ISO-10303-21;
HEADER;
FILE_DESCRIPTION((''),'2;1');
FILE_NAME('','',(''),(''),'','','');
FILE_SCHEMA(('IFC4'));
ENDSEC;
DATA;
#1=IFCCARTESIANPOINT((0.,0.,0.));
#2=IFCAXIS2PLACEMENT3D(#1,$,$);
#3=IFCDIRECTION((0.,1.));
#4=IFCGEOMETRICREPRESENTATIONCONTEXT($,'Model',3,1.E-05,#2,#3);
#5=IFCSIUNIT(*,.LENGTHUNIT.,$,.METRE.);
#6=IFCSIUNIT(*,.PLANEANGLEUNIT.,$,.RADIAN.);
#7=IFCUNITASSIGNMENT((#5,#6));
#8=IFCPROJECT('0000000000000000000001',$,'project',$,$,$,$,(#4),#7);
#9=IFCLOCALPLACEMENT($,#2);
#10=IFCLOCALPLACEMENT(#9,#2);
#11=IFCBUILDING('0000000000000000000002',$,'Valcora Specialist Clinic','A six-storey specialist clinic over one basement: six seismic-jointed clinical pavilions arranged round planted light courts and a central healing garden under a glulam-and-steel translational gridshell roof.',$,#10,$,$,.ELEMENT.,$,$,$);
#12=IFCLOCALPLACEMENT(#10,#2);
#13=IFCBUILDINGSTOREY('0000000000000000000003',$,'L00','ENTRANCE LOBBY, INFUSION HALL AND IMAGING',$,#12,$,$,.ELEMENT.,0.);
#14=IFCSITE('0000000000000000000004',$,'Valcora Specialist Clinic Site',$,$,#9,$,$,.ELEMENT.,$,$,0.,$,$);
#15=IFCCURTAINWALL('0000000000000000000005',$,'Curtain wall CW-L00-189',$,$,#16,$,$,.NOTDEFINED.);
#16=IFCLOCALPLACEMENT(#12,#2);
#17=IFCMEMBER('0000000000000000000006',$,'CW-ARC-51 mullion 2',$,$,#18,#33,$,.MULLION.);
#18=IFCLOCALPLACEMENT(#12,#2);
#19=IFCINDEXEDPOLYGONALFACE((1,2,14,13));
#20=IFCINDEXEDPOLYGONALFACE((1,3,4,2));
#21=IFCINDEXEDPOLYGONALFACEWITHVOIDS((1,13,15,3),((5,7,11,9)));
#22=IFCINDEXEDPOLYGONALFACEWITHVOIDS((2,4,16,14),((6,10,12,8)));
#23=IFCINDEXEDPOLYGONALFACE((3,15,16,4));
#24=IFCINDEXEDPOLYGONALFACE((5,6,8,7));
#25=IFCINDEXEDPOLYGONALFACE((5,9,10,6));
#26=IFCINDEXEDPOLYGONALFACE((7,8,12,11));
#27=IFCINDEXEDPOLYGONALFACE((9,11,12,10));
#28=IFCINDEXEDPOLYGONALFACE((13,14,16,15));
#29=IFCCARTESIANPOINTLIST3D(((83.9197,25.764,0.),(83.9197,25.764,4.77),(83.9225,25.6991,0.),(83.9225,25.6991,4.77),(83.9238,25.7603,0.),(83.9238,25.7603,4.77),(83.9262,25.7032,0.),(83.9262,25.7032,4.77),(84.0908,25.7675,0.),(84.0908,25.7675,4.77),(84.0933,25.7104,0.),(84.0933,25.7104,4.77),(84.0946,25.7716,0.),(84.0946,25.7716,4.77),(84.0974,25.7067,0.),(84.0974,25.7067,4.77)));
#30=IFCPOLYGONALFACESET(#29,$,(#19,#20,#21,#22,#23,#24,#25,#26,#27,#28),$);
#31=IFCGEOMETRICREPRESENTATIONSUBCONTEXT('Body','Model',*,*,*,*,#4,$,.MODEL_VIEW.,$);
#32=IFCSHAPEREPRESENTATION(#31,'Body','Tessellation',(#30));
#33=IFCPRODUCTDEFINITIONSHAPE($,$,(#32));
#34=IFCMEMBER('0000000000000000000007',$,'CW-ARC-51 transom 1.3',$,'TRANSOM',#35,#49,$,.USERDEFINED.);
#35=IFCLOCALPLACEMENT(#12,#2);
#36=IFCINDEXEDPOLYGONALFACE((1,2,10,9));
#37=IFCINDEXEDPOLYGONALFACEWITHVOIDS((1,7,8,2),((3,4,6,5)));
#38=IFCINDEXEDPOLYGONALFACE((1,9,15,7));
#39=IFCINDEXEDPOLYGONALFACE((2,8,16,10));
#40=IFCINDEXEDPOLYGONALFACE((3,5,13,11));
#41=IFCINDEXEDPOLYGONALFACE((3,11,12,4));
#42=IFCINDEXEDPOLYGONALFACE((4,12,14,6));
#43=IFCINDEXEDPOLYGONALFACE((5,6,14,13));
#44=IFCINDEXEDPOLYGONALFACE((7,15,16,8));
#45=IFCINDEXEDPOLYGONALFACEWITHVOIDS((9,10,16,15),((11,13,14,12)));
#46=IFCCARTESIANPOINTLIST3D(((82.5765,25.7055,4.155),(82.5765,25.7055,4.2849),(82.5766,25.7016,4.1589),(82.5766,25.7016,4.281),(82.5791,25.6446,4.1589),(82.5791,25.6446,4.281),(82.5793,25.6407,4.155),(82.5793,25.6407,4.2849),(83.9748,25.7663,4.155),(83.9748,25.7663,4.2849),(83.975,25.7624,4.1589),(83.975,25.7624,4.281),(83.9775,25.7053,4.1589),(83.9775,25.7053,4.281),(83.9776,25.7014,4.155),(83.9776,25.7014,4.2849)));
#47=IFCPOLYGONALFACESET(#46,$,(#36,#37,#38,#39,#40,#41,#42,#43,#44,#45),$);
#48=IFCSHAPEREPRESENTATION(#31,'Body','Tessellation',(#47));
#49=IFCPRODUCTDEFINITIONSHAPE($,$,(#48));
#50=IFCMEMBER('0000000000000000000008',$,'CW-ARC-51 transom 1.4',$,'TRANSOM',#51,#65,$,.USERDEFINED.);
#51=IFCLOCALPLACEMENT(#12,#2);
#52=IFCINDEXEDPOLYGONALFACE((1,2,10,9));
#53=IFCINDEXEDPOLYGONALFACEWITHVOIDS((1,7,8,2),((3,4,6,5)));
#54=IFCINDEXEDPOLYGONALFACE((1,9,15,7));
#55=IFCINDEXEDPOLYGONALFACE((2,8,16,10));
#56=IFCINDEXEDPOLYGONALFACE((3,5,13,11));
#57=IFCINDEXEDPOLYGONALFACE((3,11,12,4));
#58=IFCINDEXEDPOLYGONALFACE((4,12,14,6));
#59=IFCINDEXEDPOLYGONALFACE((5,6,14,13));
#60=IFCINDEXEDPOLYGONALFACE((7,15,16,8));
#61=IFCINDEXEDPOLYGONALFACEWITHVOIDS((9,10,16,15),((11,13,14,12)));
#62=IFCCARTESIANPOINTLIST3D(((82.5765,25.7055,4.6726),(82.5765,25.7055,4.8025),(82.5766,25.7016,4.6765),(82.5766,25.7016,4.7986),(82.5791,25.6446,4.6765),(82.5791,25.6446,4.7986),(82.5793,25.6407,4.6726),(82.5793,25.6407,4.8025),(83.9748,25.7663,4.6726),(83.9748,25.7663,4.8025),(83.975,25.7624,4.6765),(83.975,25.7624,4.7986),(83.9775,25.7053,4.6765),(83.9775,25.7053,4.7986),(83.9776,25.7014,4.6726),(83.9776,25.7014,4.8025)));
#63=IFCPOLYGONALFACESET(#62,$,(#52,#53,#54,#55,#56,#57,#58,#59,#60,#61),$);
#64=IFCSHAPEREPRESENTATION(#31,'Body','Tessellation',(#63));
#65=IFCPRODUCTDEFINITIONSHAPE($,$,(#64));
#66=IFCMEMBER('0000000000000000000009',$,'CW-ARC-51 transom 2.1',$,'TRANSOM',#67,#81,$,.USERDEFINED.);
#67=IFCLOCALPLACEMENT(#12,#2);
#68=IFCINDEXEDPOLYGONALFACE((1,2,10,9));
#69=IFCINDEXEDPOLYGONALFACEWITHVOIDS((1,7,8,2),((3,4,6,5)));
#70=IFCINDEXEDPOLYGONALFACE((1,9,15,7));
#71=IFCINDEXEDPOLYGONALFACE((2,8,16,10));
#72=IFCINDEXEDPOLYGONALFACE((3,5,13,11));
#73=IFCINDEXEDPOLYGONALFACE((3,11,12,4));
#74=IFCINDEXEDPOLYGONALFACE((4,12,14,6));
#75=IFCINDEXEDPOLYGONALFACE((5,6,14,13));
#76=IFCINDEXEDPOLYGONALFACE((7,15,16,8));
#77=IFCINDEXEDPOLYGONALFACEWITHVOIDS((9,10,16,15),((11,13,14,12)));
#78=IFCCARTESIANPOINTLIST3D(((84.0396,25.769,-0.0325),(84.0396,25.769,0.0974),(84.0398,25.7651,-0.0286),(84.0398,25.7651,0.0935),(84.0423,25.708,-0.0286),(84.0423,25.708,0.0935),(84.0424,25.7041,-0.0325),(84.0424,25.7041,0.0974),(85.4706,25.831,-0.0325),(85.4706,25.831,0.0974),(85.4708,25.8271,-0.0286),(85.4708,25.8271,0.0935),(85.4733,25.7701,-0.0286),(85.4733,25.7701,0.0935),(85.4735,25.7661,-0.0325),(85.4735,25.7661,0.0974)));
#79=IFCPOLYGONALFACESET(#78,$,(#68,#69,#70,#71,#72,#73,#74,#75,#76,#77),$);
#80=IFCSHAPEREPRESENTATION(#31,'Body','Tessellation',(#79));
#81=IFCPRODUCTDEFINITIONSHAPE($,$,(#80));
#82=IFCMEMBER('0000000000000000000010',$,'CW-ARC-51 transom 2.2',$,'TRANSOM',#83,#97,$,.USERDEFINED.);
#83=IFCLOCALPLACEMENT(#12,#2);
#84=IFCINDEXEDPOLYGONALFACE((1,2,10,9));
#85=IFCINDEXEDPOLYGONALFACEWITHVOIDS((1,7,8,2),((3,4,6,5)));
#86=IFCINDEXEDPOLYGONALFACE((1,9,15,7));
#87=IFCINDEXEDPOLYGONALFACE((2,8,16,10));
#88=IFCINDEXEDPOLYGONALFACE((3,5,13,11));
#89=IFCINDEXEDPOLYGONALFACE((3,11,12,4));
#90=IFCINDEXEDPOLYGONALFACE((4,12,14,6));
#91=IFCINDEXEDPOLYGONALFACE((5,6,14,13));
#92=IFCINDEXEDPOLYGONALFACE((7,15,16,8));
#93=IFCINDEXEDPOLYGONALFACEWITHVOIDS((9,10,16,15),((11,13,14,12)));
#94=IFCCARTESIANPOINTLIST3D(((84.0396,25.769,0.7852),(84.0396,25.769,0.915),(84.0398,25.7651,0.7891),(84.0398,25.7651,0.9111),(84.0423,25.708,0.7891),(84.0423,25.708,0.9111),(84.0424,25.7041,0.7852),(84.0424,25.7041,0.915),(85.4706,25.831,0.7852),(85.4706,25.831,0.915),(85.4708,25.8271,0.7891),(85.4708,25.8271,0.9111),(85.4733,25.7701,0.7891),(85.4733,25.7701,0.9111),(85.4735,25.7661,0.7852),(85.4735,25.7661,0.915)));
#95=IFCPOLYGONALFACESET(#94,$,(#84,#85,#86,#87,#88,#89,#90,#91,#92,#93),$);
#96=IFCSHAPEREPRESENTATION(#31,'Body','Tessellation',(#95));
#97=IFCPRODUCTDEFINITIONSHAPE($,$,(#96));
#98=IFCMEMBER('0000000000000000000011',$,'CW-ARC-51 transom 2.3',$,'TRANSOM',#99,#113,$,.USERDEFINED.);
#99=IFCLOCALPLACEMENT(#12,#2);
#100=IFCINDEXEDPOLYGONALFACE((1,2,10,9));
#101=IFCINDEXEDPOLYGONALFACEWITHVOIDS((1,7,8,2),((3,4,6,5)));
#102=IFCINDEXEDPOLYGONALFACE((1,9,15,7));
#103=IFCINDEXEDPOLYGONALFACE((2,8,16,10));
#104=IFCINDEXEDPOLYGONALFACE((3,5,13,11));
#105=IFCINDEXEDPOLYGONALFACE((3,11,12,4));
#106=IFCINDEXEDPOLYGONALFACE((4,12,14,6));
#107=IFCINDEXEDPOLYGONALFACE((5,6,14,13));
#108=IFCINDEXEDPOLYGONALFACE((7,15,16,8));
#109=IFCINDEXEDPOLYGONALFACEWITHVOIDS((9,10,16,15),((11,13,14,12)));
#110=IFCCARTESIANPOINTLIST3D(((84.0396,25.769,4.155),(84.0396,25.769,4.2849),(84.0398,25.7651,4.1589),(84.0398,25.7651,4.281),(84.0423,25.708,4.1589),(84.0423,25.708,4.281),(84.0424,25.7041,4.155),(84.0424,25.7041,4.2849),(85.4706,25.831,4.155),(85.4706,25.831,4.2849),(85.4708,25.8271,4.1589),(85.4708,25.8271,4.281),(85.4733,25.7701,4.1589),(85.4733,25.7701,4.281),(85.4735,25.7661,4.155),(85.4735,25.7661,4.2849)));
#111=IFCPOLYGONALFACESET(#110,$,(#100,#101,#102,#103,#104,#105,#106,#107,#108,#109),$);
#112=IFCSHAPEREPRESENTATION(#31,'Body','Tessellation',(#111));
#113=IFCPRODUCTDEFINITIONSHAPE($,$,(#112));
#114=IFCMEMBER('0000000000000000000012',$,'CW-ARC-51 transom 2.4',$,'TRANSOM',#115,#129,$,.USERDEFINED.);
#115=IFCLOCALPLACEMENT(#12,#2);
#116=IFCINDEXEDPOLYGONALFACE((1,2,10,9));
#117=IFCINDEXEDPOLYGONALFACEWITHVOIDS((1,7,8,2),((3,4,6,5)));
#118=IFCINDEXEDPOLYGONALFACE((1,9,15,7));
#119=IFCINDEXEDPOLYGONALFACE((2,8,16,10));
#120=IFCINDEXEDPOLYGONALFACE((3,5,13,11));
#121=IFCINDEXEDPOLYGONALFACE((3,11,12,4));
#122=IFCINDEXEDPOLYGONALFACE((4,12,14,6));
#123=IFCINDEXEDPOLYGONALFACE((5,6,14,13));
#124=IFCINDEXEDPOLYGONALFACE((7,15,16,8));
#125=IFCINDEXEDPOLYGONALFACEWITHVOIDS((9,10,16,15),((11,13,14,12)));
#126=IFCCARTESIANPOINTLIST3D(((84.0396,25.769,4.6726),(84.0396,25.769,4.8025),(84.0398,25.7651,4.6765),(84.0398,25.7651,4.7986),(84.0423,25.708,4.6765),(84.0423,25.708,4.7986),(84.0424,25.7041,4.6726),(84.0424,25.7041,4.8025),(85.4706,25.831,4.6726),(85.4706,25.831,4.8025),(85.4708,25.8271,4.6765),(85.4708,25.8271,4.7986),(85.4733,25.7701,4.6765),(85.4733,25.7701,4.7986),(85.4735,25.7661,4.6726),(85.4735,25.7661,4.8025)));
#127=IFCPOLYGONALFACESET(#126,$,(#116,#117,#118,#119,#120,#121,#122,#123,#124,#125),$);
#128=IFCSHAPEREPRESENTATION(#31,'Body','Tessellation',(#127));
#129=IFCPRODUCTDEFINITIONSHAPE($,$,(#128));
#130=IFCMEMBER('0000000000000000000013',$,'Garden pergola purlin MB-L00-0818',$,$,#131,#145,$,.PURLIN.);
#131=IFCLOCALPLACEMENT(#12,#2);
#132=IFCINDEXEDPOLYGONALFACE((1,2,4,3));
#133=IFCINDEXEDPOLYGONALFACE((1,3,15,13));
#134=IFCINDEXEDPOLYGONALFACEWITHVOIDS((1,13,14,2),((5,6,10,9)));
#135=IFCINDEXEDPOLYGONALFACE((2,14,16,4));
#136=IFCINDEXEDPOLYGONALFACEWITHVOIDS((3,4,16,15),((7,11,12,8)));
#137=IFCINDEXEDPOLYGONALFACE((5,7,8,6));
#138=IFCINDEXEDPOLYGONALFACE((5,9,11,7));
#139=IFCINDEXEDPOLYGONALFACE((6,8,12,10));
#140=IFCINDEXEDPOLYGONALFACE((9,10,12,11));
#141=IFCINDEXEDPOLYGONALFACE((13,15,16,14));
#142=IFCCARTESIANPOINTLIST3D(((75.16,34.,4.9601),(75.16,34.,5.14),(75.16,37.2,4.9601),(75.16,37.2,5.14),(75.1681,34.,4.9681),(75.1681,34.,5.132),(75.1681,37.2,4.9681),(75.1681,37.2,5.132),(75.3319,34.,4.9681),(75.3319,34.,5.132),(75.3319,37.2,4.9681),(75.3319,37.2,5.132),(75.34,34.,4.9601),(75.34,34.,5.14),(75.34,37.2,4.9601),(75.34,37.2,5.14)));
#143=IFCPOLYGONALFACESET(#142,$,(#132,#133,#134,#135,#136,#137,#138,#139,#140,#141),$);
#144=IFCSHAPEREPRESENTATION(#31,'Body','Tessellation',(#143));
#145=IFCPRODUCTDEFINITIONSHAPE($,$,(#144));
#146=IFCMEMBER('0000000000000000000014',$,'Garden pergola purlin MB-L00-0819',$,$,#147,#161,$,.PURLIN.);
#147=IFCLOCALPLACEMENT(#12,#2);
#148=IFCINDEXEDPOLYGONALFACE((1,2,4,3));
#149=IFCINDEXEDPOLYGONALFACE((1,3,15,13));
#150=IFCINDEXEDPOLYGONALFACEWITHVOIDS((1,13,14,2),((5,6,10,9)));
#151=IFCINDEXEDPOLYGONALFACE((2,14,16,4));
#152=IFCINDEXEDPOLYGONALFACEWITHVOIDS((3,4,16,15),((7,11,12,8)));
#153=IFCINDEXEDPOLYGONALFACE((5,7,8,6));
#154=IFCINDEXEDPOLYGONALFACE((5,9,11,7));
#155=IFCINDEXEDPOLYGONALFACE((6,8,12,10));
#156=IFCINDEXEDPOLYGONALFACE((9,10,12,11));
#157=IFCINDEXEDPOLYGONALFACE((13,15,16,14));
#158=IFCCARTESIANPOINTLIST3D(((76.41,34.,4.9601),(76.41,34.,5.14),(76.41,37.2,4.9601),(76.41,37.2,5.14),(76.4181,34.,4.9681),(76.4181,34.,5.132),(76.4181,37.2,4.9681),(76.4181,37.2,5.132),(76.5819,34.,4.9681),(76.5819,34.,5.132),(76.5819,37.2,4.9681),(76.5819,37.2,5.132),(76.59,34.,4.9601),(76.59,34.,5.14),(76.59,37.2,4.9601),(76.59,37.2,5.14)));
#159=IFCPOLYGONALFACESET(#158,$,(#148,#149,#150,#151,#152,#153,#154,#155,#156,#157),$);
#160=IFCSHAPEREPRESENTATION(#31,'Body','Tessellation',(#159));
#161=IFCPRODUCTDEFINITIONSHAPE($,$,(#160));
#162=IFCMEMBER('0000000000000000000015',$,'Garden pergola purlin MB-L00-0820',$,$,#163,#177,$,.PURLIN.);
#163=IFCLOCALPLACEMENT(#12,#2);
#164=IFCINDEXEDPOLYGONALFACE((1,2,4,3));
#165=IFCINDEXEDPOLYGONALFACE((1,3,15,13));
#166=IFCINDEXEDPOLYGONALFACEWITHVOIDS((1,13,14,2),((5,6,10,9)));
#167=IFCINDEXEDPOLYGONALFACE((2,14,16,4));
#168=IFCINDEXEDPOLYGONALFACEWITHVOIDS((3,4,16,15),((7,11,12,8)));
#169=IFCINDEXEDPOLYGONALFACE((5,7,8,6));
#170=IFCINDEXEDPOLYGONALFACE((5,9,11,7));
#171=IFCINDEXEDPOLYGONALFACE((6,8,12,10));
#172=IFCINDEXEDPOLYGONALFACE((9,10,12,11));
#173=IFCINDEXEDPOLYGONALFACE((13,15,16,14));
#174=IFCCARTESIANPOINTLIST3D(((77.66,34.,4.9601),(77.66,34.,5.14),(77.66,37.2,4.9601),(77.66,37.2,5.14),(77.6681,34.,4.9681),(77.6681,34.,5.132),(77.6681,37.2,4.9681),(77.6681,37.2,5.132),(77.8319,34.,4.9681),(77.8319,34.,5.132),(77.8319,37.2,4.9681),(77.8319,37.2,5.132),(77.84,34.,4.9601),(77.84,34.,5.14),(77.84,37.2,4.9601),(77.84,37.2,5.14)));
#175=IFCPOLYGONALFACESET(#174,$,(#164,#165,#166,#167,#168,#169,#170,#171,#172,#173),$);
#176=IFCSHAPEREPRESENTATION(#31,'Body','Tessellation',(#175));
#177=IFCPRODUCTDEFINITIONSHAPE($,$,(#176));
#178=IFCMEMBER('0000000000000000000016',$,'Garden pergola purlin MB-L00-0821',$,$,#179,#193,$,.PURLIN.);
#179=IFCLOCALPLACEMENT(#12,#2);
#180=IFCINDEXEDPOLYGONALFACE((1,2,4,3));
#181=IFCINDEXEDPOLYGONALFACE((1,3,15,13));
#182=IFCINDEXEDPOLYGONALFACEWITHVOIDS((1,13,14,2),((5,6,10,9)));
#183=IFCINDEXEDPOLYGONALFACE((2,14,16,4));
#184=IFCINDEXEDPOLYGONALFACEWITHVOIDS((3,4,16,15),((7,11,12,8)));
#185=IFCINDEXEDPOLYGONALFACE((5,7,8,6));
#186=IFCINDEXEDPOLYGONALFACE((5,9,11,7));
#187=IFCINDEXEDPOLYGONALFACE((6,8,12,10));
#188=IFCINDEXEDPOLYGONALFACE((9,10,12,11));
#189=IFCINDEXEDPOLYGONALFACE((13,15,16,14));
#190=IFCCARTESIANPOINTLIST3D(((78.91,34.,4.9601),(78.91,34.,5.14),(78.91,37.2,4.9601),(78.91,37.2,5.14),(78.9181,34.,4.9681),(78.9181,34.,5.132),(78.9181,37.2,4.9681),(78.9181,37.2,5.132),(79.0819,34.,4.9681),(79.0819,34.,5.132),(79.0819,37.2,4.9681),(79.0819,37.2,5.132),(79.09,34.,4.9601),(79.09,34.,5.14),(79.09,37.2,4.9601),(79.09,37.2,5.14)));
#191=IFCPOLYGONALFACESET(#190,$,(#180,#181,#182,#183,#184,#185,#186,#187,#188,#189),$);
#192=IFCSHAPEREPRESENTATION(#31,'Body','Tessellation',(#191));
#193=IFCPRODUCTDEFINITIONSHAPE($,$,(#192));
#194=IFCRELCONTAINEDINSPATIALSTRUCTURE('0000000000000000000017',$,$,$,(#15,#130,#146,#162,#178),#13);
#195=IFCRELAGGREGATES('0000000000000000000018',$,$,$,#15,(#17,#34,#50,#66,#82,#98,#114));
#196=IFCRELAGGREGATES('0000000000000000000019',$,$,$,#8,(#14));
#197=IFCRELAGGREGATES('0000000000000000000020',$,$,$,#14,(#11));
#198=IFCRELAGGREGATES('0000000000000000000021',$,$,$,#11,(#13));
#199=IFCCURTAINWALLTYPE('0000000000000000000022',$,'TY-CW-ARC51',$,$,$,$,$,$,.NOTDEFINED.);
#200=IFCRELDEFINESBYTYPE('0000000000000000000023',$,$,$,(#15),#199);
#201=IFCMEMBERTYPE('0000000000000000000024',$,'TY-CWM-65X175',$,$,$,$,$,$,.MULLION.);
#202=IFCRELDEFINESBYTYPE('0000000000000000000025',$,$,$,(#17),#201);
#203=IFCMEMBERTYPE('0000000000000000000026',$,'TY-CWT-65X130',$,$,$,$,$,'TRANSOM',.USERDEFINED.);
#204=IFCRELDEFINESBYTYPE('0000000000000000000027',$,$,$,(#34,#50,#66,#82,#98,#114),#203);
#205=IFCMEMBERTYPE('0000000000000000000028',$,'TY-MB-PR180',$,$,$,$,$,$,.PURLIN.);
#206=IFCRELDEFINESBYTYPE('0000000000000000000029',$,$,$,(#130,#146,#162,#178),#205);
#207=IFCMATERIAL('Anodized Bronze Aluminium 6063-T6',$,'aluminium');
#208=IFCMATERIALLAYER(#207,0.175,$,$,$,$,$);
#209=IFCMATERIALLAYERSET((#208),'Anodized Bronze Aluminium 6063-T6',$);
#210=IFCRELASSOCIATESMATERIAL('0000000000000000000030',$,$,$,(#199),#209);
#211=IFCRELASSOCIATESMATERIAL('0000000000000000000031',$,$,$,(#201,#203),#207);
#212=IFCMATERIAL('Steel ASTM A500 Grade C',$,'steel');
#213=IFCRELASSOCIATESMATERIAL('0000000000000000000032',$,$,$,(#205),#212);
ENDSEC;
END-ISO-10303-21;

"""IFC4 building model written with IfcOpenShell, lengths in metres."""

from ifc_helpers import new_model, si_unit, direction, frame, origin, origin_2d, place, context, subcontext, project, spatial, hollow_rectangle, extrude, material, layer, layer_set, material_profile, profile_set, type_object, element, aggregate, save


model = new_model("IFC4")

# Units and contexts
model_context = context("Model", 3, precision=1e-05, world=origin(), true_north=direction((0.0, 1.0)))
body_context = subcontext(model_context, "Body", "Model", "MODEL_VIEW")
ifc_project = project(units=[si_unit("LENGTHUNIT", "METRE"), si_unit("PLANEANGLEUNIT", "RADIAN")], contexts=[model_context])

# Site, building, storey
site_placement = place(None, origin())
site = spatial("IfcSite", under=ifc_project, at=site_placement, Name="Valcora Specialist Clinic Site", CompositionType="ELEMENT", RefElevation=0.0)
building_placement = place(site_placement, origin())
building = spatial("IfcBuilding", under=site, at=building_placement, Name="Valcora Specialist Clinic", Description="A six-storey specialist clinic over one basement: six seismic-jointed clinical pavilions arranged round planted light courts and a central healing garden under a glulam-and-steel translational gridshell roof.", CompositionType="ELEMENT")
storey_placement = place(building_placement, origin())
storey = spatial("IfcBuildingStorey", under=building, at=storey_placement, Name="L00", Description="ENTRANCE LOBBY, INFUSION HALL AND IMAGING", CompositionType="ELEMENT", Elevation=0.0)

# Curtain wall, members
ifc_material_1 = material(Name="Anodized Bronze Aluminium 6063-T6", Category="aluminium")
ifc_layer_1 = layer(ifc_material_1, 0.175)
ifc_layer_set_1 = layer_set([ifc_layer_1], Name="Anodized Bronze Aluminium 6063-T6")
curtain_wall_type = type_object("IfcCurtainWallType", Name="TY-CW-ARC51", PredefinedType="NOTDEFINED", material=ifc_layer_set_1)
curtain_wall_placement = place(storey_placement, origin())
curtain_wall = element("IfcCurtainWall", 1, at=curtain_wall_placement, inside=storey, type_object=curtain_wall_type, Name="Curtain wall CW-L00-189", PredefinedType="NOTDEFINED")
ifc_material_profile_1 = material_profile(ifc_material_1, hollow_rectangle(XDim=0.0649, YDim=0.175, WallThickness=0.0039, at=origin_2d()), Name="AL-MUL-65X175")
ifc_profile_set_1 = profile_set([ifc_material_profile_1], Name="Anodized Bronze Aluminium 6063-T6")
member_type_1 = type_object("IfcMemberType", Name="TY-CWM-65X175", PredefinedType="MULLION", material=ifc_profile_set_1)
member_1_placement = place(storey_placement, frame((84.0085, 25.7354, 0.0), z_axis=(0.0, 0.0, 1.0), x_axis=(-0.043307, 0.999062, 0.0)))
member_1 = element("IfcMember", 2, at=member_1_placement, type_object=member_type_1, Name="CW-ARC-51 mullion 2", PredefinedType="MULLION", context=body_context, shape_type="SweptSolid", body=[
    extrude(hollow_rectangle(XDim=0.0649, YDim=0.175, WallThickness=0.0039, at=origin_2d()), origin(), (0.0, 0.0, 1.0), 4.77),
])
ifc_material_profile_2 = material_profile(ifc_material_1, hollow_rectangle(XDim=0.0649, YDim=0.1299, WallThickness=0.0039, at=origin_2d()), Name="AL-TRN-65X130")
ifc_profile_set_2 = profile_set([ifc_material_profile_2], Name="Anodized Bronze Aluminium 6063-T6")
member_type_2 = type_object("IfcMemberType", Name="TY-CWT-65X130", ElementType="TRANSOM", PredefinedType="USERDEFINED", material=ifc_profile_set_2)
member_2_placement = place(storey_placement, frame((82.5779, 25.6731, 4.22), z_axis=(0.999056, 0.04343, 0.0), x_axis=(-0.04343, 0.999056, 0.0)))
member_2 = element("IfcMember", 3, at=member_2_placement, type_object=member_type_2, Name="CW-ARC-51 transom 1.3", ObjectType="TRANSOM", PredefinedType="USERDEFINED", context=body_context, shape_type="SweptSolid", body=[
    extrude(hollow_rectangle(XDim=0.0649, YDim=0.1299, WallThickness=0.0039, at=origin_2d()), origin(), (0.0, 0.0, 1.0), 1.3997),
])
member_3_placement = place(storey_placement, frame((82.5779, 25.6731, 4.7375), z_axis=(0.999056, 0.04343, 0.0), x_axis=(-0.04343, 0.999056, 0.0)))
member_3 = element("IfcMember", 4, at=member_3_placement, type_object=member_type_2, Name="CW-ARC-51 transom 1.4", ObjectType="TRANSOM", PredefinedType="USERDEFINED", context=body_context, shape_type="SweptSolid", body=[
    extrude(hollow_rectangle(XDim=0.0649, YDim=0.1299, WallThickness=0.0039, at=origin_2d()), origin(), (0.0, 0.0, 1.0), 1.3997),
])
member_4_placement = place(storey_placement, frame((84.041, 25.7366, 0.0325), z_axis=(0.999062, 0.043297, 0.0), x_axis=(-0.043297, 0.999062, 0.0)))
member_4 = element("IfcMember", 5, at=member_4_placement, type_object=member_type_2, Name="CW-ARC-51 transom 2.1", ObjectType="TRANSOM", PredefinedType="USERDEFINED", context=body_context, shape_type="SweptSolid", body=[
    extrude(hollow_rectangle(XDim=0.0649, YDim=0.1299, WallThickness=0.0039, at=origin_2d()), origin(), (0.0, 0.0, 1.0), 1.4324),
])
member_5_placement = place(storey_placement, frame((84.041, 25.7366, 0.8501), z_axis=(0.999062, 0.043297, 0.0), x_axis=(-0.043297, 0.999062, 0.0)))
member_5 = element("IfcMember", 6, at=member_5_placement, type_object=member_type_2, Name="CW-ARC-51 transom 2.2", ObjectType="TRANSOM", PredefinedType="USERDEFINED", context=body_context, shape_type="SweptSolid", body=[
    extrude(hollow_rectangle(XDim=0.0649, YDim=0.1299, WallThickness=0.0039, at=origin_2d()), origin(), (0.0, 0.0, 1.0), 1.4324),
])
member_6_placement = place(storey_placement, frame((84.041, 25.7366, 4.22), z_axis=(0.999062, 0.043297, 0.0), x_axis=(-0.043297, 0.999062, 0.0)))
member_6 = element("IfcMember", 7, at=member_6_placement, type_object=member_type_2, Name="CW-ARC-51 transom 2.3", ObjectType="TRANSOM", PredefinedType="USERDEFINED", context=body_context, shape_type="SweptSolid", body=[
    extrude(hollow_rectangle(XDim=0.0649, YDim=0.1299, WallThickness=0.0039, at=origin_2d()), origin(), (0.0, 0.0, 1.0), 1.4324),
])
member_7_placement = place(storey_placement, frame((84.041, 25.7366, 4.7375), z_axis=(0.999062, 0.043297, 0.0), x_axis=(-0.043297, 0.999062, 0.0)))
member_7 = element("IfcMember", 8, at=member_7_placement, type_object=member_type_2, Name="CW-ARC-51 transom 2.4", ObjectType="TRANSOM", PredefinedType="USERDEFINED", context=body_context, shape_type="SweptSolid", body=[
    extrude(hollow_rectangle(XDim=0.0649, YDim=0.1299, WallThickness=0.0039, at=origin_2d()), origin(), (0.0, 0.0, 1.0), 1.4324),
])

# Members
ifc_material_2 = material(Name="Steel ASTM A500 Grade C", Category="steel")
ifc_material_profile_3 = material_profile(ifc_material_2, hollow_rectangle(XDim=0.1799, YDim=0.1799, WallThickness=0.0081, at=origin_2d()), Name="ST-RHS-180X180X8")
ifc_profile_set_3 = profile_set([ifc_material_profile_3], Name="Steel ASTM A500 Grade C")
member_type_3 = type_object("IfcMemberType", Name="TY-MB-PR180", PredefinedType="PURLIN", material=ifc_profile_set_3)
for number, where, z_axis, x_axis, name in (
    (9, (75.25, 34.0, 5.05), (0.0, 1.0, 0.0), (-1.0, 0.0, 0.0), "Garden pergola purlin MB-L00-0818"),
    (10, (76.5, 34.0, 5.05), (0.0, 1.0, 0.0), (-1.0, 0.0, 0.0), "Garden pergola purlin MB-L00-0819"),
    (11, (77.75, 34.0, 5.05), (0.0, 1.0, 0.0), (-1.0, 0.0, 0.0), "Garden pergola purlin MB-L00-0820"),
    (12, (79.0, 34.0, 5.05), (0.0, 1.0, 0.0), (-1.0, 0.0, 0.0), "Garden pergola purlin MB-L00-0821"),
):
    element("IfcMember", number, at=place(storey_placement, frame(where, z_axis=z_axis, x_axis=x_axis)), inside=storey, type_object=member_type_3, Name=name, PredefinedType="PURLIN", context=body_context, shape_type="SweptSolid", body=[
        extrude(hollow_rectangle(XDim=0.1799, YDim=0.1799, WallThickness=0.0081, at=origin_2d()), origin(), (0.0, 0.0, 1.0), 3.2),
    ])

aggregate(curtain_wall, [member_1, member_2, member_3, member_4, member_5, member_6, member_7])

save(model, "model.ifc")
